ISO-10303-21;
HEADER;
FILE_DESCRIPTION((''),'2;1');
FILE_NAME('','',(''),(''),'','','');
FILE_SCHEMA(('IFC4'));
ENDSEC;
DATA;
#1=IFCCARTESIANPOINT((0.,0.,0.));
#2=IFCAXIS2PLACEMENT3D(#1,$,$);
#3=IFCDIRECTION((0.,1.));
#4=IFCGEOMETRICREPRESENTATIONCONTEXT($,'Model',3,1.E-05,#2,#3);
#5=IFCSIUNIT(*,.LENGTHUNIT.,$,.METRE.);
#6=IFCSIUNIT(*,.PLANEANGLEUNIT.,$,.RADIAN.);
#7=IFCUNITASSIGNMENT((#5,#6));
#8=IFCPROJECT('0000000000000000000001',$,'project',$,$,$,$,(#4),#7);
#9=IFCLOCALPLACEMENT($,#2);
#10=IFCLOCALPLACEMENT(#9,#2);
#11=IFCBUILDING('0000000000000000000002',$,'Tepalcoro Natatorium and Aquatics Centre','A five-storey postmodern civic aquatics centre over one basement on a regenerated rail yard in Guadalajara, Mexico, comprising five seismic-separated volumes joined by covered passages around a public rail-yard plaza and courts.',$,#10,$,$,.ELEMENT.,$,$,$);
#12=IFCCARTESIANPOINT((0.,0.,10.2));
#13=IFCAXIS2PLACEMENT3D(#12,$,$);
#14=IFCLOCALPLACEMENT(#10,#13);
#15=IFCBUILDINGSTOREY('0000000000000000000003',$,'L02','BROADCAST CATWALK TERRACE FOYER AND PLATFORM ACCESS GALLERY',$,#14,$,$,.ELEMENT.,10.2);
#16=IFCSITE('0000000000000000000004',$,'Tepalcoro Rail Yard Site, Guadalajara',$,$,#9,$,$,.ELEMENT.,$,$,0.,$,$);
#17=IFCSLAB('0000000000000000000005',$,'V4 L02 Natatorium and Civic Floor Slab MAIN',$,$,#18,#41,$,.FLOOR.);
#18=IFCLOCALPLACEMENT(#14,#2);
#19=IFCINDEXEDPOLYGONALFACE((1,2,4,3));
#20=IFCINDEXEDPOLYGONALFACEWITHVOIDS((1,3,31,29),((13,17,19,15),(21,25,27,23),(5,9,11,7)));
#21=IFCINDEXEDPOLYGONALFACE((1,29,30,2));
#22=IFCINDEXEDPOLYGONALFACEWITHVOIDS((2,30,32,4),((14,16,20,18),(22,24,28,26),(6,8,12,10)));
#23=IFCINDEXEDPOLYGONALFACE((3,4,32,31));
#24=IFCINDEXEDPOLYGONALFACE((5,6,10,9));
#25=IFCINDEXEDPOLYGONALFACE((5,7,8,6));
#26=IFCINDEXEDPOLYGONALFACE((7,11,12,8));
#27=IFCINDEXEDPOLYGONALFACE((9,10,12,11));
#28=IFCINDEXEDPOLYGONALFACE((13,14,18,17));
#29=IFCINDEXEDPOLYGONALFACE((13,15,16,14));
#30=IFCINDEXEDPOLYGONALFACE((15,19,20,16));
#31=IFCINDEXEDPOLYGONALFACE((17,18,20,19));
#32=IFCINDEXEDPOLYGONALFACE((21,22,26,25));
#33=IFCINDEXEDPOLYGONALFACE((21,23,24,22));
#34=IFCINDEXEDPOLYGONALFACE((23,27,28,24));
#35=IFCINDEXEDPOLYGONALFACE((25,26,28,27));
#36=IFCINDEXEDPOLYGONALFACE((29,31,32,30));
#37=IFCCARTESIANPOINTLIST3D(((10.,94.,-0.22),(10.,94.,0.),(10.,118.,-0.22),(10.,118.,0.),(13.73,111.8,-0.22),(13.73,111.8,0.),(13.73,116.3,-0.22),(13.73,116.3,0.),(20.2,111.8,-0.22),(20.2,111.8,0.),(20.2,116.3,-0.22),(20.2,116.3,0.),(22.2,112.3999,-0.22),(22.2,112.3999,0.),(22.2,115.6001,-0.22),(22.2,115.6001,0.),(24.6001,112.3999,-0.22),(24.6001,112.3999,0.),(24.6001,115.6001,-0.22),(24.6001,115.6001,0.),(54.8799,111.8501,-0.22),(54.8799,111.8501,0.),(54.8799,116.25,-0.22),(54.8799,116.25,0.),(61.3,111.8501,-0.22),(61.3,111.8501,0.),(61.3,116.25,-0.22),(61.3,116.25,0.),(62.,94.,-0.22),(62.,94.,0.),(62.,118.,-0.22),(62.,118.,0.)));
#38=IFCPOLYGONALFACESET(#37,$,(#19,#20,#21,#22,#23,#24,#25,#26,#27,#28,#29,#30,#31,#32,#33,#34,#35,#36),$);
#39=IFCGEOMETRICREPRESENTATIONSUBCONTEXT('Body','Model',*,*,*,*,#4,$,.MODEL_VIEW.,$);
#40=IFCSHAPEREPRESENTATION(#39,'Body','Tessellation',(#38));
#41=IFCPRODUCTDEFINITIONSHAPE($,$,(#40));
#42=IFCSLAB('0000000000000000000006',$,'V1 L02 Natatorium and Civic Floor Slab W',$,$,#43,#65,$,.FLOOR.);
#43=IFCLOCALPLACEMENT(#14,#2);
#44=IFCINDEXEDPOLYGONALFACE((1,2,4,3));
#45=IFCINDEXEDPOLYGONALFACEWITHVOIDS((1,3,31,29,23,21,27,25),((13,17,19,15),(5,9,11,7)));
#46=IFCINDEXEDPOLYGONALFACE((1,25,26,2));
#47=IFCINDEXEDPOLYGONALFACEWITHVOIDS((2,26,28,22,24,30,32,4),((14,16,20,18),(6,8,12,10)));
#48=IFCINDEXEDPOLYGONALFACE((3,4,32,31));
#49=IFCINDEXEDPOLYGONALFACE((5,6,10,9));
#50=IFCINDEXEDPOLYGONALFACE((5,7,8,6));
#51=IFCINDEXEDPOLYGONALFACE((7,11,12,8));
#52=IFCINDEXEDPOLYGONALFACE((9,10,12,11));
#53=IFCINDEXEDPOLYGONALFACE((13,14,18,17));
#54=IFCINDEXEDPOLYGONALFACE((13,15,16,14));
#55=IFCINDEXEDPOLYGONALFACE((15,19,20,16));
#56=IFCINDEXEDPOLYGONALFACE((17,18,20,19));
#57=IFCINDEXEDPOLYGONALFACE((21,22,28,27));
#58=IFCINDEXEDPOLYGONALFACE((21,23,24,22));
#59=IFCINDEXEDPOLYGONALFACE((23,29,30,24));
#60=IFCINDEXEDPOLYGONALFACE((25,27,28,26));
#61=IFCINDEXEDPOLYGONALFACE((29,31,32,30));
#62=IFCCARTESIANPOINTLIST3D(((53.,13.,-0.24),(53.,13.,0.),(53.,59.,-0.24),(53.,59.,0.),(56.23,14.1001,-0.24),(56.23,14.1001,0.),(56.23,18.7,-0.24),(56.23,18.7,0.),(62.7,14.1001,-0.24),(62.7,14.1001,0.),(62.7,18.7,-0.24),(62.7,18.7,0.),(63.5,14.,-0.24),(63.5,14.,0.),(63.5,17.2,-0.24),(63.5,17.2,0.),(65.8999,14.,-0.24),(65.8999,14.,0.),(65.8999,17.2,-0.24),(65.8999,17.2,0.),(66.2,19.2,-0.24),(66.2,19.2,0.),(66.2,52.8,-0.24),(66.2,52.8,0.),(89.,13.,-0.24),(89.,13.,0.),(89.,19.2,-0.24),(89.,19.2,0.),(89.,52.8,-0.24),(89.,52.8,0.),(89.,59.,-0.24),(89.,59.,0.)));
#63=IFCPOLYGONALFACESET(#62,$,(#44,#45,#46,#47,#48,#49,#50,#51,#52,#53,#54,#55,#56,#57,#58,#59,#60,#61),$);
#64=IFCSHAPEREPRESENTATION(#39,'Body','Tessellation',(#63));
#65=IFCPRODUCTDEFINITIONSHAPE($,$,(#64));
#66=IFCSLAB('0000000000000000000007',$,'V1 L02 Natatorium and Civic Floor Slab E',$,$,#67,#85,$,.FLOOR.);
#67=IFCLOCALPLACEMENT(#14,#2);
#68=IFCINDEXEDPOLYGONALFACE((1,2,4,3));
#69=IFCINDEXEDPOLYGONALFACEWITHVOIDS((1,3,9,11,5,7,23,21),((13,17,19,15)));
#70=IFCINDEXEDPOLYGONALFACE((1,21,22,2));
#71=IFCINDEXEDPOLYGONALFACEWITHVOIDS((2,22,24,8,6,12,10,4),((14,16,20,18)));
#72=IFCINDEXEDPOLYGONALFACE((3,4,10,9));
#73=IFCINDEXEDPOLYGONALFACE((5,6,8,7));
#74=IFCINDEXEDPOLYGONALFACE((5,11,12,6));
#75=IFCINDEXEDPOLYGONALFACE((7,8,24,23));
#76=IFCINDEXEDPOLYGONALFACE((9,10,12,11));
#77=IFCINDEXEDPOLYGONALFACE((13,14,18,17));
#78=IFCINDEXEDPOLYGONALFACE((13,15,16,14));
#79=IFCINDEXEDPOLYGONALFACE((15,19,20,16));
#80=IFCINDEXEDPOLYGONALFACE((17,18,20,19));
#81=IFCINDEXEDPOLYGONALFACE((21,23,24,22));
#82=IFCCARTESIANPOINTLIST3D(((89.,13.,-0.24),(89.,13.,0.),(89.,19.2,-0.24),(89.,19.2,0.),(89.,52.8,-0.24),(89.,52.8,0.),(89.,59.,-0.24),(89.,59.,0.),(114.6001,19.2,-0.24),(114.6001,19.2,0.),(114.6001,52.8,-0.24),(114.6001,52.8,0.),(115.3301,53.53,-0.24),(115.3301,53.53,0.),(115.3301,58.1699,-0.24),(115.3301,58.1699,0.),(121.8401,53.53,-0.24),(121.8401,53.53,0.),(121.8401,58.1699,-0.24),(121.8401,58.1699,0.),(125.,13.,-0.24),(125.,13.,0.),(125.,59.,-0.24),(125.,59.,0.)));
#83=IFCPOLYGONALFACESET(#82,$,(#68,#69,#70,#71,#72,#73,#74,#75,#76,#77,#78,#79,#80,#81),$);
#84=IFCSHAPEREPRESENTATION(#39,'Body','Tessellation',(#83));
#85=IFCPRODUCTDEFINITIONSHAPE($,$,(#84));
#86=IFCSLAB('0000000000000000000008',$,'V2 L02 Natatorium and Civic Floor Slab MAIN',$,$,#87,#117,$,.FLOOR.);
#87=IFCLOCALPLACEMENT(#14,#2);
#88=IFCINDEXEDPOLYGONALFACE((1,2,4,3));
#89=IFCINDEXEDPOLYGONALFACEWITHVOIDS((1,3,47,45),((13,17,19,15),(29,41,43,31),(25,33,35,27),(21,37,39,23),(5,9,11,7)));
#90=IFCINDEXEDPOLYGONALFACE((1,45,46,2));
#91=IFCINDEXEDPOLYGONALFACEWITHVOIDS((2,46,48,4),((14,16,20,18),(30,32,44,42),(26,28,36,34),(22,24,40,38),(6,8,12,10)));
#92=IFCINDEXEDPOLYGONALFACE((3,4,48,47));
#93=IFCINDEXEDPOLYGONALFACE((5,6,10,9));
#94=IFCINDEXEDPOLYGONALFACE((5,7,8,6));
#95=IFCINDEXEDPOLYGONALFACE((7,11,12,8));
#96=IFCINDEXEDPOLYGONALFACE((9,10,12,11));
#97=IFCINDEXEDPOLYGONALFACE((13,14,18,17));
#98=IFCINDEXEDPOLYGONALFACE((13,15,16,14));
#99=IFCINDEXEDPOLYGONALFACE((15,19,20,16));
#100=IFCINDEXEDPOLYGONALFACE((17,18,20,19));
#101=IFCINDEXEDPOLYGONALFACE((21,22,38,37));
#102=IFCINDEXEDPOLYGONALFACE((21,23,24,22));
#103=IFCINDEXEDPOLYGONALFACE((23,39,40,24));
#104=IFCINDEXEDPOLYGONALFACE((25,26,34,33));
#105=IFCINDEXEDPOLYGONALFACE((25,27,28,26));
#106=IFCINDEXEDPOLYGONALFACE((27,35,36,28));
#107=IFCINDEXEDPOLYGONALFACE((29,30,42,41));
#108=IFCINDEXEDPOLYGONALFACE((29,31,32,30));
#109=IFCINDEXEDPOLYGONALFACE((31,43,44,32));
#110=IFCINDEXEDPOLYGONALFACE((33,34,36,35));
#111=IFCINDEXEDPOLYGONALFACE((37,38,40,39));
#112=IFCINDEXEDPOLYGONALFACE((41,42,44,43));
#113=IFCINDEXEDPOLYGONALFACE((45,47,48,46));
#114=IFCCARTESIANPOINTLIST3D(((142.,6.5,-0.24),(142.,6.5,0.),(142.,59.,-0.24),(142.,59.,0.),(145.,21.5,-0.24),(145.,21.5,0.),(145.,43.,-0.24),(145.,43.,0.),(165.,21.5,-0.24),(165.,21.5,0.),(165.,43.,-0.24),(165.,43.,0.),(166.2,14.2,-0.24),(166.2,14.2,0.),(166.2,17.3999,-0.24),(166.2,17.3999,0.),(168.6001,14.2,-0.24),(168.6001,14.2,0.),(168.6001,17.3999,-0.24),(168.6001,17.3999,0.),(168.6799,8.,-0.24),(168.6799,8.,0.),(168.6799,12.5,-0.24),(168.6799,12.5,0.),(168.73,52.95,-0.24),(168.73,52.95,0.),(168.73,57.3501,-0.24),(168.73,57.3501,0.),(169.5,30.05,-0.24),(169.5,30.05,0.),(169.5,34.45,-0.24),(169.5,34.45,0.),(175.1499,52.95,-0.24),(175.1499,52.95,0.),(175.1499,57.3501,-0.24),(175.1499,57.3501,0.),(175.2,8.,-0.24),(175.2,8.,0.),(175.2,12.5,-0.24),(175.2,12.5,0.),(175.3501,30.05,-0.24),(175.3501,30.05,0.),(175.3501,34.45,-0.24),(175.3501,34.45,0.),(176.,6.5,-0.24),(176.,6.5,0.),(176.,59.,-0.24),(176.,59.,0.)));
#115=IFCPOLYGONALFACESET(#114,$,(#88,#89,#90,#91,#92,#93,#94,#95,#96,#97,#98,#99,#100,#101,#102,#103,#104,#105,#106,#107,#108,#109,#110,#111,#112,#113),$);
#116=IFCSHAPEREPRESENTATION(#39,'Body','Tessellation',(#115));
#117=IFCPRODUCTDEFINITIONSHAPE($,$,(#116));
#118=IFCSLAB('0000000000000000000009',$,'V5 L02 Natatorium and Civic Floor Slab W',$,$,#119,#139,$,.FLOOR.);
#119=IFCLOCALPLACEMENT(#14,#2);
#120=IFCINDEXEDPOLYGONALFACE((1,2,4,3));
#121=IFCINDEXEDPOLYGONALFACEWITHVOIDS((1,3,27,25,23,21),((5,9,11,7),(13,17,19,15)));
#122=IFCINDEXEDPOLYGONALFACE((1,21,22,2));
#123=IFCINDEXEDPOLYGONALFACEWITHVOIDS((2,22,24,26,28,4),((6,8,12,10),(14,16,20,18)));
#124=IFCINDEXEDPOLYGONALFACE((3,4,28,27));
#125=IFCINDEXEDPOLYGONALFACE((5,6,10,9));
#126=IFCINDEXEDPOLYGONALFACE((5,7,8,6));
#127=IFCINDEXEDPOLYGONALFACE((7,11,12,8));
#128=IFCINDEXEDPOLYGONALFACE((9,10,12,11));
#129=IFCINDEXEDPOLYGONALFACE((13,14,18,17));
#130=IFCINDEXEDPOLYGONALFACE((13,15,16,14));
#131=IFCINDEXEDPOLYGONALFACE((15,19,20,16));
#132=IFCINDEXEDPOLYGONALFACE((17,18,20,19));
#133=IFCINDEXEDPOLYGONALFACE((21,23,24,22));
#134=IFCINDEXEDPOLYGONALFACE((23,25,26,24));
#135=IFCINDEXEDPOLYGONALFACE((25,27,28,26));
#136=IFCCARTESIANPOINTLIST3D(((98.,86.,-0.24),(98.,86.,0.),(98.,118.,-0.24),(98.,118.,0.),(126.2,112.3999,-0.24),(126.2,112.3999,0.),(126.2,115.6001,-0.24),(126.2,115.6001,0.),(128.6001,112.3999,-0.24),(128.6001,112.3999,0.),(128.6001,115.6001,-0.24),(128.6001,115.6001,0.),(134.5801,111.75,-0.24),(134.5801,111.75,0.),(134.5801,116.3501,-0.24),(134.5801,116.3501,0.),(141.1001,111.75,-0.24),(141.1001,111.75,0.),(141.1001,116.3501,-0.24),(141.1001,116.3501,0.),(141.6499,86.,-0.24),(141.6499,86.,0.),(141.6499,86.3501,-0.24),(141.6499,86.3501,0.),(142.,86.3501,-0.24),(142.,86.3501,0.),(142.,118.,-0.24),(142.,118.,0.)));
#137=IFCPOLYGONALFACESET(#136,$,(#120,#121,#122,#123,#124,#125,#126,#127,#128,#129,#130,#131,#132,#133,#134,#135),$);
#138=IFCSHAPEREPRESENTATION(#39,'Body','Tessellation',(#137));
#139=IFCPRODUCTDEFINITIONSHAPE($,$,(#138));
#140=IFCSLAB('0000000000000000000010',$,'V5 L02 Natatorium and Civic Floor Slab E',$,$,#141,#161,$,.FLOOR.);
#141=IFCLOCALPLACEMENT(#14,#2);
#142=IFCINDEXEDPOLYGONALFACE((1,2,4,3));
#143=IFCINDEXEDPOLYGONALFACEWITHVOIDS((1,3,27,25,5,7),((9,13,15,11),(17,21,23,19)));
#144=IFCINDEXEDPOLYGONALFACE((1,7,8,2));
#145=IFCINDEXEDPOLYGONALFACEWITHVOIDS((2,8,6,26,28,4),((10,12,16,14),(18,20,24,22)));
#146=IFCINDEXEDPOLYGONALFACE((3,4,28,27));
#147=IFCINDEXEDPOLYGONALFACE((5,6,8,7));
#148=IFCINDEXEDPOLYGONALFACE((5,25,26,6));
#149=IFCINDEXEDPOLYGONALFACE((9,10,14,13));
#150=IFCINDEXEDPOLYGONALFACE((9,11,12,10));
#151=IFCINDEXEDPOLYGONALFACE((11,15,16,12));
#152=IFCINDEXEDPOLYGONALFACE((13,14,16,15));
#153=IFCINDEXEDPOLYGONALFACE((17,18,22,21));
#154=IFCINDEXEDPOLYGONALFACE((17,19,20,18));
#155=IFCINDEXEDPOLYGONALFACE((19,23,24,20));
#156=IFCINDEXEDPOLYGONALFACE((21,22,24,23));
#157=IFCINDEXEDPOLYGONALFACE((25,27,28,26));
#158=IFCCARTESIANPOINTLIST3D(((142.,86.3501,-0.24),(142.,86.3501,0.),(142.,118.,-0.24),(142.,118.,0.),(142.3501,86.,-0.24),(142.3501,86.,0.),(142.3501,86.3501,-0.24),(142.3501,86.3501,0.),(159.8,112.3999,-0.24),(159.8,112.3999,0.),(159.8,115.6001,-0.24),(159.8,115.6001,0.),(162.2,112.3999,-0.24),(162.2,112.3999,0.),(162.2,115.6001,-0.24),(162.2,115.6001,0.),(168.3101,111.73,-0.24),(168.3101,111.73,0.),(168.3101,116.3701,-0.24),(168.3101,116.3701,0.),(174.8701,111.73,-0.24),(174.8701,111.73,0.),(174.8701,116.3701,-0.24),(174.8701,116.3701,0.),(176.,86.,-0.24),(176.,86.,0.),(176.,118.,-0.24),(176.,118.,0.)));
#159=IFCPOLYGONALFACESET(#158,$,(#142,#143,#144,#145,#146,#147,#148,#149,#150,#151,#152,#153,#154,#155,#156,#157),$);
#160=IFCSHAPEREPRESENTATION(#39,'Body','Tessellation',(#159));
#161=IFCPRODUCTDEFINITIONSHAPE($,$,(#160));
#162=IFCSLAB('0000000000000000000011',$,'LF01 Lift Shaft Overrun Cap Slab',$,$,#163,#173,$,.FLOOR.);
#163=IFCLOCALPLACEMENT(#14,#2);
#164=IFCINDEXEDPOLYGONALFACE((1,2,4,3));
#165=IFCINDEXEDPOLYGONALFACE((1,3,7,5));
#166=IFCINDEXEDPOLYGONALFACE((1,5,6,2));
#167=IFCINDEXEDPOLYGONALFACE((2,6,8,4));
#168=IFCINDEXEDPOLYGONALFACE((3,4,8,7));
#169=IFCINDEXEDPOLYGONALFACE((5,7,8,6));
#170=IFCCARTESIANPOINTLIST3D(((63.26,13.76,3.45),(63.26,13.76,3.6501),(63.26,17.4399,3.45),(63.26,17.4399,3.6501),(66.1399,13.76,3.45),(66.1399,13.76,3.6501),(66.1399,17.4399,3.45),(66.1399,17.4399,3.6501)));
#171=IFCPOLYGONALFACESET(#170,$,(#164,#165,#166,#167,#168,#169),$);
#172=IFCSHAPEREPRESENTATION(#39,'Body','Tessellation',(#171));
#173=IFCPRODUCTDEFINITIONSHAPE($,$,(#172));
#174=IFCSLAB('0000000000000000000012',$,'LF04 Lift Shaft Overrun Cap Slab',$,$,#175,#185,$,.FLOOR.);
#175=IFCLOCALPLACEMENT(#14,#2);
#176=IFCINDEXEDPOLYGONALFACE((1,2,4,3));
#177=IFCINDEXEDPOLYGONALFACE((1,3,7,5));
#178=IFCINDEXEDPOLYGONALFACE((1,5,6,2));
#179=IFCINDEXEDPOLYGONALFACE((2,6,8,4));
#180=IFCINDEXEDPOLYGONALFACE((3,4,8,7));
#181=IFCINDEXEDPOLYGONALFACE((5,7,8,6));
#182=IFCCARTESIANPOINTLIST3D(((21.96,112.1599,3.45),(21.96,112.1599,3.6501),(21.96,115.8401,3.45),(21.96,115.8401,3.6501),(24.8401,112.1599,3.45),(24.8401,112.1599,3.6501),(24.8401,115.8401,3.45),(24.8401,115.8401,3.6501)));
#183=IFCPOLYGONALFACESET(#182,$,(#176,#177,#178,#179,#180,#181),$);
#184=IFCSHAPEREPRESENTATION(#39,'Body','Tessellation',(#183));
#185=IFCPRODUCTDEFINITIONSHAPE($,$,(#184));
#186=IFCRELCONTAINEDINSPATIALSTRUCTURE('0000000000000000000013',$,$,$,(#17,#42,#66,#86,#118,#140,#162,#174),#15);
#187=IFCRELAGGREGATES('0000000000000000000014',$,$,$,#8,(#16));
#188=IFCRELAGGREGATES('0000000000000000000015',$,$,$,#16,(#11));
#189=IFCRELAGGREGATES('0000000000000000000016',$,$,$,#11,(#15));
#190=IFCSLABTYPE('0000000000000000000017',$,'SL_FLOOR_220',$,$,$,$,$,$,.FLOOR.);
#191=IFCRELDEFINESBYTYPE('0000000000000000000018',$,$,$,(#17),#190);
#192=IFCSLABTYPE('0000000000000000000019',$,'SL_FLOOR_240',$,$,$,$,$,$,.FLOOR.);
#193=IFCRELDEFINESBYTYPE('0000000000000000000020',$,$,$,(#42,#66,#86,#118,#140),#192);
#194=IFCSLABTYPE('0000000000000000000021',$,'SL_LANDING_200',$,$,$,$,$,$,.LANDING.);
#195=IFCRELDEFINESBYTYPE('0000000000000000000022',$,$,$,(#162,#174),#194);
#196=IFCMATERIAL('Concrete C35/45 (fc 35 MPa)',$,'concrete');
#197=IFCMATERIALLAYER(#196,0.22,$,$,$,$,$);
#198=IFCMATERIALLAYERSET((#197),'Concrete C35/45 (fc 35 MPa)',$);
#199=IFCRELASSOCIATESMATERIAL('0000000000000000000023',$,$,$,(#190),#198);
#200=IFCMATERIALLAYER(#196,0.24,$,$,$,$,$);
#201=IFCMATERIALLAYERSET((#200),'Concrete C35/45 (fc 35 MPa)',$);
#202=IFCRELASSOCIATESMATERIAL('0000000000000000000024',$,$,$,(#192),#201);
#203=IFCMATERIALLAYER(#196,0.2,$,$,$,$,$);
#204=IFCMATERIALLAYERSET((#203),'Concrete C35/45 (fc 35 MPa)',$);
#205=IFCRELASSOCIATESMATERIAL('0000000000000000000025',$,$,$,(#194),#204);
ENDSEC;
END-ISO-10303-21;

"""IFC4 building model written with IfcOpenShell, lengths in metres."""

from ifc_helpers import new_model, si_unit, direction, frame, origin, place, context, subcontext, project, spatial, polyline, outline, extrude, material, layer, layer_set, type_object, element, save


model = new_model("IFC4")

# Units and contexts
model_context = context("Model", 3, precision=1e-05, world=origin(), true_north=direction((0.0, 1.0)))
body_context = subcontext(model_context, "Body", "Model", "MODEL_VIEW")
ifc_project = project(units=[si_unit("LENGTHUNIT", "METRE"), si_unit("PLANEANGLEUNIT", "RADIAN")], contexts=[model_context])

# Site, building, storey
site_placement = place(None, origin())
site = spatial("IfcSite", under=ifc_project, at=site_placement, Name="Tepalcoro Rail Yard Site, Guadalajara", CompositionType="ELEMENT", RefElevation=0.0)
building_placement = place(site_placement, origin())
building = spatial("IfcBuilding", under=site, at=building_placement, Name="Tepalcoro Natatorium and Aquatics Centre", Description="A five-storey postmodern civic aquatics centre over one basement on a regenerated rail yard in Guadalajara, Mexico, comprising five seismic-separated volumes joined by covered passages around a public rail-yard plaza and courts.", CompositionType="ELEMENT")
storey_placement = place(building_placement, frame((0.0, 0.0, 10.2)))
storey = spatial("IfcBuildingStorey", under=building, at=storey_placement, Name="L02", Description="BROADCAST CATWALK TERRACE FOYER AND PLATFORM ACCESS GALLERY", CompositionType="ELEMENT", Elevation=10.2)

# Slabs
ifc_material_1 = material(Name="Concrete C35/45 (fc 35 MPa)", Category="concrete")
ifc_layer_1 = layer(ifc_material_1, 0.22)
ifc_layer_set_1 = layer_set([ifc_layer_1], Name="Concrete C35/45 (fc 35 MPa)")
slab_type_1 = type_object("IfcSlabType", Name="SL_FLOOR_220", PredefinedType="FLOOR", material=ifc_layer_set_1)
slab_1_placement = place(storey_placement, frame((0.0, 0.0, -0.22)))
element("IfcSlab", 1, at=slab_1_placement, inside=storey, type_object=slab_type_1, Name="V4 L02 Natatorium and Civic Floor Slab MAIN", PredefinedType="FLOOR", context=body_context, shape_type="SweptSolid", body=[
    extrude(outline(polyline([(62.0, 118.0), (62.0, 94.0), (10.0, 94.0), (10.0, 118.0), (62.0, 118.0)]), holes=[polyline([(13.73, 116.3), (13.73, 111.8), (20.2, 111.8), (20.2, 116.3), (13.73, 116.3)]), polyline([(61.3, 116.25), (54.8799, 116.25), (54.8799, 111.8501), (61.3, 111.8501), (61.3, 116.25)]), polyline([(24.6001, 112.3999), (24.6001, 115.6001), (22.2, 115.6001), (22.2, 112.3999), (24.6001, 112.3999)])]), origin(), (0.0, 0.0, 1.0), 0.22),
])
ifc_layer_2 = layer(ifc_material_1, 0.24)
ifc_layer_set_2 = layer_set([ifc_layer_2], Name="Concrete C35/45 (fc 35 MPa)")
slab_type_2 = type_object("IfcSlabType", Name="SL_FLOOR_240", PredefinedType="FLOOR", material=ifc_layer_set_2)
slab_2_placement = place(storey_placement, frame((0.0, 0.0, -0.24)))
element("IfcSlab", 2, at=slab_2_placement, inside=storey, type_object=slab_type_2, Name="V1 L02 Natatorium and Civic Floor Slab W", PredefinedType="FLOOR", context=body_context, shape_type="SweptSolid", body=[
    extrude(outline(polyline([(53.0, 13.0), (53.0, 59.0), (89.0, 59.0), (89.0, 52.8), (66.2, 52.8), (66.2, 19.2), (89.0, 19.2), (89.0, 13.0), (53.0, 13.0)]), holes=[polyline([(56.23, 14.1001), (62.7, 14.1001), (62.7, 18.7), (56.23, 18.7), (56.23, 14.1001)]), polyline([(65.8999, 17.2), (63.5, 17.2), (63.5, 14.0), (65.8999, 14.0), (65.8999, 17.2)])]), origin(), (0.0, 0.0, 1.0), 0.24),
])
slab_3_placement = place(storey_placement, frame((0.0, 0.0, -0.24)))
element("IfcSlab", 3, at=slab_3_placement, inside=storey, type_object=slab_type_2, Name="V1 L02 Natatorium and Civic Floor Slab E", PredefinedType="FLOOR", context=body_context, shape_type="SweptSolid", body=[
    extrude(outline(polyline([(89.0, 13.0), (89.0, 19.2), (114.6001, 19.2), (114.6001, 52.8), (89.0, 52.8), (89.0, 59.0), (125.0, 59.0), (125.0, 13.0), (89.0, 13.0)]), holes=[polyline([(115.3301, 58.1699), (115.3301, 53.53), (121.8401, 53.53), (121.8401, 58.1699), (115.3301, 58.1699)])]), origin(), (0.0, 0.0, 1.0), 0.24),
])
slab_4_placement = place(storey_placement, frame((0.0, 0.0, -0.24)))
element("IfcSlab", 4, at=slab_4_placement, inside=storey, type_object=slab_type_2, Name="V2 L02 Natatorium and Civic Floor Slab MAIN", PredefinedType="FLOOR", context=body_context, shape_type="SweptSolid", body=[
    extrude(outline(polyline([(142.0, 6.5), (142.0, 59.0), (176.0, 59.0), (176.0, 6.5), (142.0, 6.5)]), holes=[polyline([(165.0, 21.5), (165.0, 43.0), (145.0, 43.0), (145.0, 21.5), (165.0, 21.5)]), polyline([(169.5, 30.05), (175.3501, 30.05), (175.3501, 34.45), (169.5, 34.45), (169.5, 30.05)]), polyline([(168.6799, 12.5), (168.6799, 8.0), (175.2, 8.0), (175.2, 12.5), (168.6799, 12.5)]), polyline([(175.1499, 57.3501), (168.73, 57.3501), (168.73, 52.95), (175.1499, 52.95), (175.1499, 57.3501)]), polyline([(168.6001, 14.2), (168.6001, 17.3999), (166.2, 17.3999), (166.2, 14.2), (168.6001, 14.2)])]), origin(), (0.0, 0.0, 1.0), 0.24),
])
slab_5_placement = place(storey_placement, frame((0.0, 0.0, -0.24)))
element("IfcSlab", 5, at=slab_5_placement, inside=storey, type_object=slab_type_2, Name="V5 L02 Natatorium and Civic Floor Slab W", PredefinedType="FLOOR", context=body_context, shape_type="SweptSolid", body=[
    extrude(outline(polyline([(141.6499, 86.3501), (141.6499, 86.0), (98.0, 86.0), (98.0, 118.0), (142.0, 118.0), (142.0, 86.3501), (141.6499, 86.3501)]), holes=[polyline([(141.1001, 116.3501), (134.5801, 116.3501), (134.5801, 111.75), (141.1001, 111.75), (141.1001, 116.3501)]), polyline([(126.2, 112.3999), (128.6001, 112.3999), (128.6001, 115.6001), (126.2, 115.6001), (126.2, 112.3999)])]), origin(), (0.0, 0.0, 1.0), 0.24),
])
slab_6_placement = place(storey_placement, frame((0.0, 0.0, -0.24)))
element("IfcSlab", 6, at=slab_6_placement, inside=storey, type_object=slab_type_2, Name="V5 L02 Natatorium and Civic Floor Slab E", PredefinedType="FLOOR", context=body_context, shape_type="SweptSolid", body=[
    extrude(outline(polyline([(142.3501, 86.3501), (142.0, 86.3501), (142.0, 118.0), (176.0, 118.0), (176.0, 86.0), (142.3501, 86.0), (142.3501, 86.3501)]), holes=[polyline([(174.8701, 111.73), (174.8701, 116.3701), (168.3101, 116.3701), (168.3101, 111.73), (174.8701, 111.73)]), polyline([(159.8, 115.6001), (159.8, 112.3999), (162.2, 112.3999), (162.2, 115.6001), (159.8, 115.6001)])]), origin(), (0.0, 0.0, 1.0), 0.24),
])
ifc_layer_3 = layer(ifc_material_1, 0.2)
ifc_layer_set_3 = layer_set([ifc_layer_3], Name="Concrete C35/45 (fc 35 MPa)")
slab_type_3 = type_object("IfcSlabType", Name="SL_LANDING_200", PredefinedType="LANDING", material=ifc_layer_set_3)
slab_7_placement = place(storey_placement, frame((0.0, 0.0, 3.45)))
element("IfcSlab", 7, at=slab_7_placement, inside=storey, type_object=slab_type_3, Name="LF01 Lift Shaft Overrun Cap Slab", PredefinedType="FLOOR", context=body_context, shape_type="SweptSolid", body=[
    extrude(outline(polyline([(63.26, 13.76), (66.1399, 13.76), (66.1399, 17.4399), (63.26, 17.4399), (63.26, 13.76)])), origin(), (0.0, 0.0, 1.0), 0.2002),
])
slab_8_placement = place(storey_placement, frame((0.0, 0.0, 3.45)))
element("IfcSlab", 8, at=slab_8_placement, inside=storey, type_object=slab_type_3, Name="LF04 Lift Shaft Overrun Cap Slab", PredefinedType="FLOOR", context=body_context, shape_type="SweptSolid", body=[
    extrude(outline(polyline([(21.96, 112.1599), (24.8401, 112.1599), (24.8401, 115.8401), (21.96, 115.8401), (21.96, 112.1599)])), origin(), (0.0, 0.0, 1.0), 0.2002),
])

save(model, "model.ifc")
